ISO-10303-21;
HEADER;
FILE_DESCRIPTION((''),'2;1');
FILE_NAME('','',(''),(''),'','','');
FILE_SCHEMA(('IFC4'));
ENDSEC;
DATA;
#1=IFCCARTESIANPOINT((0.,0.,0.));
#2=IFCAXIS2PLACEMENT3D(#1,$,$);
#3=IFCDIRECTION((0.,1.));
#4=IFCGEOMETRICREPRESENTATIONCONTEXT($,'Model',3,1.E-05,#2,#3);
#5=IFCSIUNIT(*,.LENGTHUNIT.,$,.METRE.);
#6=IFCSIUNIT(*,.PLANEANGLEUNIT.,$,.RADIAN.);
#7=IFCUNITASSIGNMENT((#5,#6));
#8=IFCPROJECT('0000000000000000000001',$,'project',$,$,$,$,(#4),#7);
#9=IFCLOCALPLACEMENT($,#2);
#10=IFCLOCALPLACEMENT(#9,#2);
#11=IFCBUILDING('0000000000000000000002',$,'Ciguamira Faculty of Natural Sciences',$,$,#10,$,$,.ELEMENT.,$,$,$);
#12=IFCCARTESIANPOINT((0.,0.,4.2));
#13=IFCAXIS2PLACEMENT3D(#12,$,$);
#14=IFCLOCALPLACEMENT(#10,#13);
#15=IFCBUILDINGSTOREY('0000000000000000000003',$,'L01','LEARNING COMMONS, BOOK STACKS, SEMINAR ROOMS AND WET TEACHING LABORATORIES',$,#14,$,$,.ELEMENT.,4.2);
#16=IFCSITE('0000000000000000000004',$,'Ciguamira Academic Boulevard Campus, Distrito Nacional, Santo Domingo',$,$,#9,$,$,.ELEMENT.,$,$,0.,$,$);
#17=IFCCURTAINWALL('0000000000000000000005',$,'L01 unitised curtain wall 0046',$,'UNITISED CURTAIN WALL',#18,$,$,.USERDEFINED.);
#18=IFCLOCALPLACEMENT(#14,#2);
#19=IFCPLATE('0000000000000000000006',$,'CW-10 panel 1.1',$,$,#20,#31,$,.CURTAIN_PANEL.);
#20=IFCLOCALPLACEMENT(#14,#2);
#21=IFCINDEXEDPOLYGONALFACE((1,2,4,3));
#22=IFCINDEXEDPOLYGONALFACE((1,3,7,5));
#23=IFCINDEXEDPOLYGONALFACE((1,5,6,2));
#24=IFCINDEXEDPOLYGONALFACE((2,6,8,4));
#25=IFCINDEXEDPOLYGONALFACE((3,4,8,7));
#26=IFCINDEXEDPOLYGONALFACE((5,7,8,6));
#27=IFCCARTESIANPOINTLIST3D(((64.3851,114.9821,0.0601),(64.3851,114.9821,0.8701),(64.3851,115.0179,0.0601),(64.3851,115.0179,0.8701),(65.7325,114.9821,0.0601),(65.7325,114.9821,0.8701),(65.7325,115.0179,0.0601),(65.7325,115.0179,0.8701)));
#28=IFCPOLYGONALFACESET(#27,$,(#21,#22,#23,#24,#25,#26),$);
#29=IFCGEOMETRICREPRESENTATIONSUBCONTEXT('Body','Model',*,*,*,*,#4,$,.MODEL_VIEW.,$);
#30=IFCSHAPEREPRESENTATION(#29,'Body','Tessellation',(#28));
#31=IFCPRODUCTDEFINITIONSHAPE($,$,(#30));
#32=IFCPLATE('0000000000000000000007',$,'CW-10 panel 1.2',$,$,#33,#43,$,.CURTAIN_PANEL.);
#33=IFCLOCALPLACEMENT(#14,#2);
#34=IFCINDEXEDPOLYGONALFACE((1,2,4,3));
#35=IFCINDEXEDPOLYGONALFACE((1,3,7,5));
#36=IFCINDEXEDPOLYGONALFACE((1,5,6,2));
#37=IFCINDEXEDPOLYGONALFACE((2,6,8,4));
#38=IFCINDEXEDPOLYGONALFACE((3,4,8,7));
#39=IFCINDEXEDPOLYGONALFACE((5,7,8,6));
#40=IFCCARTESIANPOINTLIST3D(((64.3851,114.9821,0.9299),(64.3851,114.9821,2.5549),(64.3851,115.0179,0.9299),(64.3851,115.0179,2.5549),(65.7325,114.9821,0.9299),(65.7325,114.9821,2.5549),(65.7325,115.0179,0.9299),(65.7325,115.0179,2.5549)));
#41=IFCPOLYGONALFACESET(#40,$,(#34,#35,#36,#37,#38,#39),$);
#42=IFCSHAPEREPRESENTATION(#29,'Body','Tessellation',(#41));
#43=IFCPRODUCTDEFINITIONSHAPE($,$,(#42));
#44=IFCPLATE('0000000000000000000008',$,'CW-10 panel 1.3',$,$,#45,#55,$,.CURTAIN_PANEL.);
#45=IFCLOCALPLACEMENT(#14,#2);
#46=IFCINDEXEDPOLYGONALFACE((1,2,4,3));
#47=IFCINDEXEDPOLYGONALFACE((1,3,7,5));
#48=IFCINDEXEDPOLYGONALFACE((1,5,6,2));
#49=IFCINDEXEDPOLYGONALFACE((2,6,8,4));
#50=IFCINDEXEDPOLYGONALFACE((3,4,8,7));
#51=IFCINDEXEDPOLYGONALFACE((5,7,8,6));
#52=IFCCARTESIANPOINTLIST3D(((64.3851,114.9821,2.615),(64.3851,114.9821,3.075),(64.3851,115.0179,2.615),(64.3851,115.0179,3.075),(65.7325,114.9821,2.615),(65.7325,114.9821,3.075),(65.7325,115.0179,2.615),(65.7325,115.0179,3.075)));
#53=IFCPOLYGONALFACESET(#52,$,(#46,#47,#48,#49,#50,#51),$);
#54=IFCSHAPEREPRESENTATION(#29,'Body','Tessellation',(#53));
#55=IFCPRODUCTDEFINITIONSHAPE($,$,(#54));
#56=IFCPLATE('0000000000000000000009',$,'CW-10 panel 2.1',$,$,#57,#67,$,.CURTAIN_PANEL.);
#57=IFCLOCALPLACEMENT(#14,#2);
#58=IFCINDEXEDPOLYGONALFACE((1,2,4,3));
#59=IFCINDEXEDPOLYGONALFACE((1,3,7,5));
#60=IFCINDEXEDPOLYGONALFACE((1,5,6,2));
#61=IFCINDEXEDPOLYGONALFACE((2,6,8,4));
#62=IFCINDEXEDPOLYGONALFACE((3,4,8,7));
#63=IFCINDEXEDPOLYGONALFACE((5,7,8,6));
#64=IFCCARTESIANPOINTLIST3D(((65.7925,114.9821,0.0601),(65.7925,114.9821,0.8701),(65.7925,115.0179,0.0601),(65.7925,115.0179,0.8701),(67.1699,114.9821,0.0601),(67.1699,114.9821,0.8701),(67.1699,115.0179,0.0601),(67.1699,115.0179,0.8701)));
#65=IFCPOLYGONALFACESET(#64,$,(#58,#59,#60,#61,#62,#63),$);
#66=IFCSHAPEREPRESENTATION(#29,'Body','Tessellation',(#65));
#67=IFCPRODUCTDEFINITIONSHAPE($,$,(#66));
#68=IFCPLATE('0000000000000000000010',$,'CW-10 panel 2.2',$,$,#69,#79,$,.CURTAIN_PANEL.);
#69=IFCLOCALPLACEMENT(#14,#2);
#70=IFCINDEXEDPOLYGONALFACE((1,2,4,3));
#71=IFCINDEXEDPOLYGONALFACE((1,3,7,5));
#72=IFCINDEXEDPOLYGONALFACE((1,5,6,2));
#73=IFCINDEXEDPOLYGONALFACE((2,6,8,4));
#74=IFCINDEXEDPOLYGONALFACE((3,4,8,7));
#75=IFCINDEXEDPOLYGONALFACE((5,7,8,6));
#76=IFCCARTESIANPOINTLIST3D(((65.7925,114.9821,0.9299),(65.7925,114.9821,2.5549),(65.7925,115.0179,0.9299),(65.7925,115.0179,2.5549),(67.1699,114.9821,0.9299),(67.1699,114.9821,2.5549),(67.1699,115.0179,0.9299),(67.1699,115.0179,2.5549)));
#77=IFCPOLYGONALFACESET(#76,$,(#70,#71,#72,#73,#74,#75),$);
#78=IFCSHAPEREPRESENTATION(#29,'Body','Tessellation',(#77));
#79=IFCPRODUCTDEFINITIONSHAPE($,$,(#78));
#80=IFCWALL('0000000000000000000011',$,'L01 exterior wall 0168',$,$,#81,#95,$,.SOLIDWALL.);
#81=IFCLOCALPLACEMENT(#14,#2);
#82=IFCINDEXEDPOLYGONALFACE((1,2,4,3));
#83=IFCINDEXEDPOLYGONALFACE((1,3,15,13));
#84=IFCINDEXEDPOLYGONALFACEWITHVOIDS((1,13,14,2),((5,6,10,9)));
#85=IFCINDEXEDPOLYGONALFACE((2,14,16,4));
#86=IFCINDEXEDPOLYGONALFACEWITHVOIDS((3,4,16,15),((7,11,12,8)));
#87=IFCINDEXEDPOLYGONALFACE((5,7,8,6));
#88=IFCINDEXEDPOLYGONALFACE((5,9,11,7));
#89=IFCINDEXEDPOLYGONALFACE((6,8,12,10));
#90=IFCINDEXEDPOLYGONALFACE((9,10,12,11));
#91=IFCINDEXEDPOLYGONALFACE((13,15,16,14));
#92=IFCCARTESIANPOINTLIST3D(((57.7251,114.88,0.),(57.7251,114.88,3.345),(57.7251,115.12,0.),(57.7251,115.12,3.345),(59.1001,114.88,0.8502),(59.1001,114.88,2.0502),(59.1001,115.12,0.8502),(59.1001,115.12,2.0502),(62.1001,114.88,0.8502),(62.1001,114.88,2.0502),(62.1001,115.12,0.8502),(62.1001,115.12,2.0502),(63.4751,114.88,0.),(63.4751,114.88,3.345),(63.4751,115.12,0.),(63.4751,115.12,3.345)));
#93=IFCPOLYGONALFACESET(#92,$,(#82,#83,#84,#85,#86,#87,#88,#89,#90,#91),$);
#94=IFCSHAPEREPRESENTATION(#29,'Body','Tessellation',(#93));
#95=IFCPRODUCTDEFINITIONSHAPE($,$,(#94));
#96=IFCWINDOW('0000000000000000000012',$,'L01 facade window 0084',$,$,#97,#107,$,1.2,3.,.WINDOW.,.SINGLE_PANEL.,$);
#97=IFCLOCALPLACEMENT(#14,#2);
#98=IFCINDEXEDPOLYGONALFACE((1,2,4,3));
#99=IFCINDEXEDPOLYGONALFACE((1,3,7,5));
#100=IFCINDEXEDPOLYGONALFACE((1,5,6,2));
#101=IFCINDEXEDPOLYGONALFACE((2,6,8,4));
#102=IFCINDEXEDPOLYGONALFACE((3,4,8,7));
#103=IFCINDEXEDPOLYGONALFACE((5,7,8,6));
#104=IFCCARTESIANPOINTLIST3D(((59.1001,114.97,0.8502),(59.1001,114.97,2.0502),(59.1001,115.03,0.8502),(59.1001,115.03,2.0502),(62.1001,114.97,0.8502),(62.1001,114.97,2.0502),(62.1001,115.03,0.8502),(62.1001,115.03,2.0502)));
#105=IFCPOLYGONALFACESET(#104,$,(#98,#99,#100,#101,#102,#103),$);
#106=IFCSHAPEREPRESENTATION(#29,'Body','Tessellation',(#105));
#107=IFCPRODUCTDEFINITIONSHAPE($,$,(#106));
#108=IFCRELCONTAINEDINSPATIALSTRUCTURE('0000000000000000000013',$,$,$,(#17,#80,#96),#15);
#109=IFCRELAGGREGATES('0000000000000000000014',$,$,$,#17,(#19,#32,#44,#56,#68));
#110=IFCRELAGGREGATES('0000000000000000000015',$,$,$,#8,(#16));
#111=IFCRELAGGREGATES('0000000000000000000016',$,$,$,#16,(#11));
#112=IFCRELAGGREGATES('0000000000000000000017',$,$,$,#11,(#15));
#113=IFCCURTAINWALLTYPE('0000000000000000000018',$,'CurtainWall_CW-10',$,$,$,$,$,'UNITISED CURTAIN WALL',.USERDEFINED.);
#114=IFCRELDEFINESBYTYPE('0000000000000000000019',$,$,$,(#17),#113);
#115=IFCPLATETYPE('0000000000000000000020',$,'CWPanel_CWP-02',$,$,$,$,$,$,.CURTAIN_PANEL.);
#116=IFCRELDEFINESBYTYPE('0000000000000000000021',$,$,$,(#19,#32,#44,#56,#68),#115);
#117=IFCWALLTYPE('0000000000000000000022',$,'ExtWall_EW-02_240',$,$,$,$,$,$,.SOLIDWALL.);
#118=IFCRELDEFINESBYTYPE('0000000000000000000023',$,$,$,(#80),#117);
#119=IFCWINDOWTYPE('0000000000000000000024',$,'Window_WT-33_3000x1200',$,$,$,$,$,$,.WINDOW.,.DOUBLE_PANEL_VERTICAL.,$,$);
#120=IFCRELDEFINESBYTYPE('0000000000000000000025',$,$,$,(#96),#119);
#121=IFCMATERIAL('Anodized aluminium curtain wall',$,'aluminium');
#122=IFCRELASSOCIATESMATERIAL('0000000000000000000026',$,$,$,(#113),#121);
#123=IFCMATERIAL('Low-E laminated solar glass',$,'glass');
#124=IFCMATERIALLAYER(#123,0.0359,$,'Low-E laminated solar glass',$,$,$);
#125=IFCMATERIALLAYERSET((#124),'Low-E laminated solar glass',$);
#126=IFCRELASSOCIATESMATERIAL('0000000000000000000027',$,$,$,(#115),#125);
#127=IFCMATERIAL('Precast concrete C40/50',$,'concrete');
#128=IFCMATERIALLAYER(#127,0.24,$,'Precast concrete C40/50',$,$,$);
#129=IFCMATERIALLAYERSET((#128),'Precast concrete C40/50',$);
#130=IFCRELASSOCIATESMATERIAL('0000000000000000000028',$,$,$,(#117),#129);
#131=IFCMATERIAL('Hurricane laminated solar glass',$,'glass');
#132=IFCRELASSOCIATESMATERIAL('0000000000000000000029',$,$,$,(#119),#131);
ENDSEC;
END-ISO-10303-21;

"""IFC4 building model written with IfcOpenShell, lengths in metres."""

from ifc_helpers import new_model, si_unit, direction, frame, frame_2d, origin, origin_2d, place, context, subcontext, project, spatial, rectangle, extrude, material, layer, layer_set, type_object, element, fill, aggregate, save


model = new_model("IFC4")

# Units and contexts
model_context = context("Model", 3, precision=1e-05, world=origin(), true_north=direction((0.0, 1.0)))
body_context = subcontext(model_context, "Body", "Model", "MODEL_VIEW")
ifc_project = project(units=[si_unit("LENGTHUNIT", "METRE"), si_unit("PLANEANGLEUNIT", "RADIAN")], contexts=[model_context])

# Site, building, storey
site_placement = place(None, origin())
site = spatial("IfcSite", under=ifc_project, at=site_placement, Name="Ciguamira Academic Boulevard Campus, Distrito Nacional, Santo Domingo", CompositionType="ELEMENT", RefElevation=0.0)
building_placement = place(site_placement, origin())
building = spatial("IfcBuilding", under=site, at=building_placement, Name="Ciguamira Faculty of Natural Sciences", CompositionType="ELEMENT")
storey_placement = place(building_placement, frame((0.0, 0.0, 4.2)))
storey = spatial("IfcBuildingStorey", under=building, at=storey_placement, Name="L01", Description="LEARNING COMMONS, BOOK STACKS, SEMINAR ROOMS AND WET TEACHING LABORATORIES", CompositionType="ELEMENT", Elevation=4.2)

# Curtain wall
ifc_material_1 = material(Name="Anodized aluminium curtain wall", Category="aluminium")
curtain_wall_type = type_object("IfcCurtainWallType", Name="CurtainWall_CW-10", ElementType="UNITISED CURTAIN WALL", PredefinedType="USERDEFINED", material=ifc_material_1)
curtain_wall_placement = place(storey_placement, origin())
curtain_wall = element("IfcCurtainWall", 1, at=curtain_wall_placement, inside=storey, type_object=curtain_wall_type, Name="L01 unitised curtain wall 0046", ObjectType="UNITISED CURTAIN WALL", PredefinedType="USERDEFINED")

# Plates
ifc_material_2 = material(Name="Low-E laminated solar glass", Category="glass")
ifc_layer_1 = layer(ifc_material_2, 0.0359, Name="Low-E laminated solar glass")
ifc_layer_set_1 = layer_set([ifc_layer_1], Name="Low-E laminated solar glass")
plate_type = type_object("IfcPlateType", Name="CWPanel_CWP-02", PredefinedType="CURTAIN_PANEL", material=ifc_layer_set_1)
plate_1_placement = place(storey_placement, frame((65.0588, 115.0, 0.0601), z_axis=(0.0, 0.0, 1.0), x_axis=(1.0, 0.0, 0.0)))
plate_1 = element("IfcPlate", 2, at=plate_1_placement, type_object=plate_type, Name="CW-10 panel 1.1", PredefinedType="CURTAIN_PANEL", context=body_context, shape_type="SweptSolid", body=[
    extrude(rectangle(XDim=1.3474, YDim=0.0359, at=origin_2d()), origin(), (0.0, 0.0, 1.0), 0.8101),
])
plate_2_placement = place(storey_placement, frame((65.0588, 115.0, 0.9299), z_axis=(0.0, 0.0, 1.0), x_axis=(1.0, 0.0, 0.0)))
plate_2 = element("IfcPlate", 3, at=plate_2_placement, type_object=plate_type, Name="CW-10 panel 1.2", PredefinedType="CURTAIN_PANEL", context=body_context, shape_type="SweptSolid", body=[
    extrude(rectangle(XDim=1.3474, YDim=0.0359, at=origin_2d()), origin(), (0.0, 0.0, 1.0), 1.625),
])
plate_3_placement = place(storey_placement, frame((65.0588, 115.0, 2.615), z_axis=(0.0, 0.0, 1.0), x_axis=(1.0, 0.0, 0.0)))
plate_3 = element("IfcPlate", 4, at=plate_3_placement, type_object=plate_type, Name="CW-10 panel 1.3", PredefinedType="CURTAIN_PANEL", context=body_context, shape_type="SweptSolid", body=[
    extrude(rectangle(XDim=1.3474, YDim=0.0359, at=origin_2d()), origin(), (0.0, 0.0, 1.0), 0.46),
])
plate_4_placement = place(storey_placement, frame((66.4812, 115.0, 0.0601), z_axis=(0.0, 0.0, 1.0), x_axis=(1.0, 0.0, 0.0)))
plate_4 = element("IfcPlate", 5, at=plate_4_placement, type_object=plate_type, Name="CW-10 panel 2.1", PredefinedType="CURTAIN_PANEL", context=body_context, shape_type="SweptSolid", body=[
    extrude(rectangle(XDim=1.3774, YDim=0.0359, at=origin_2d()), origin(), (0.0, 0.0, 1.0), 0.8101),
])
plate_5_placement = place(storey_placement, frame((66.4812, 115.0, 0.9299), z_axis=(0.0, 0.0, 1.0), x_axis=(1.0, 0.0, 0.0)))
plate_5 = element("IfcPlate", 6, at=plate_5_placement, type_object=plate_type, Name="CW-10 panel 2.2", PredefinedType="CURTAIN_PANEL", context=body_context, shape_type="SweptSolid", body=[
    extrude(rectangle(XDim=1.3774, YDim=0.0359, at=origin_2d()), origin(), (0.0, 0.0, 1.0), 1.625),
])
aggregate(curtain_wall, [plate_1, plate_2, plate_3, plate_4, plate_5])

# Wall, opening, window
ifc_material_3 = material(Name="Precast concrete C40/50", Category="concrete")
ifc_layer_2 = layer(ifc_material_3, 0.24, Name="Precast concrete C40/50")
ifc_layer_set_2 = layer_set([ifc_layer_2], Name="Precast concrete C40/50")
wall_type = type_object("IfcWallType", Name="ExtWall_EW-02_240", PredefinedType="SOLIDWALL", material=ifc_layer_set_2)
wall_placement = place(storey_placement, frame((57.7251, 115.0, 0.0), z_axis=(0.0, 0.0, 1.0), x_axis=(1.0, 0.0, 0.0)))
wall = element("IfcWall", 7, at=wall_placement, inside=storey, type_object=wall_type, Name="L01 exterior wall 0168", PredefinedType="SOLIDWALL", context=body_context, shape_type="SweptSolid", body=[
    extrude(rectangle(XDim=5.75, YDim=0.24, at=frame_2d((2.875, 0.0))), origin(), (0.0, 0.0, 1.0), 3.345),
])
opening_placement = place(wall_placement, frame((1.375, 0.0, 0.8501)))
opening = element("IfcOpeningElement", 8, at=opening_placement, cuts=wall, PredefinedType="OPENING", context=body_context, shape_type="SweptSolid", body=[
    extrude(rectangle(XDim=3.0, YDim=1.2, at=frame_2d((1.5, 0.6001))), frame((0.0, 0.1299, 0.0), z_axis=(0.0, -1.0, 0.0), x_axis=(1.0, 0.0, 0.0)), (0.0, 0.0, 1.0), 0.26),
])
ifc_material_4 = material(Name="Hurricane laminated solar glass", Category="glass")
window_type = type_object("IfcWindowType", Name="Window_WT-33_3000x1200", PartitioningType="DOUBLE_PANEL_VERTICAL", PredefinedType="WINDOW", material=ifc_material_4)
window_placement = place(opening_placement, origin())
window = element("IfcWindow", 9, at=window_placement, inside=storey, type_object=window_type, Name="L01 facade window 0084", OverallHeight=1.2, OverallWidth=3.0, PartitioningType="SINGLE_PANEL", PredefinedType="WINDOW", context=body_context, shape_type="SweptSolid", body=[
    extrude(rectangle(XDim=3.0, YDim=1.2, at=frame_2d((1.5, 0.6001))), frame((0.0, 0.03, 0.0), z_axis=(0.0, -1.0, 0.0), x_axis=(1.0, 0.0, 0.0)), (0.0, 0.0, 1.0), 0.0601),
])
fill(opening, window)

save(model, "model.ifc")
